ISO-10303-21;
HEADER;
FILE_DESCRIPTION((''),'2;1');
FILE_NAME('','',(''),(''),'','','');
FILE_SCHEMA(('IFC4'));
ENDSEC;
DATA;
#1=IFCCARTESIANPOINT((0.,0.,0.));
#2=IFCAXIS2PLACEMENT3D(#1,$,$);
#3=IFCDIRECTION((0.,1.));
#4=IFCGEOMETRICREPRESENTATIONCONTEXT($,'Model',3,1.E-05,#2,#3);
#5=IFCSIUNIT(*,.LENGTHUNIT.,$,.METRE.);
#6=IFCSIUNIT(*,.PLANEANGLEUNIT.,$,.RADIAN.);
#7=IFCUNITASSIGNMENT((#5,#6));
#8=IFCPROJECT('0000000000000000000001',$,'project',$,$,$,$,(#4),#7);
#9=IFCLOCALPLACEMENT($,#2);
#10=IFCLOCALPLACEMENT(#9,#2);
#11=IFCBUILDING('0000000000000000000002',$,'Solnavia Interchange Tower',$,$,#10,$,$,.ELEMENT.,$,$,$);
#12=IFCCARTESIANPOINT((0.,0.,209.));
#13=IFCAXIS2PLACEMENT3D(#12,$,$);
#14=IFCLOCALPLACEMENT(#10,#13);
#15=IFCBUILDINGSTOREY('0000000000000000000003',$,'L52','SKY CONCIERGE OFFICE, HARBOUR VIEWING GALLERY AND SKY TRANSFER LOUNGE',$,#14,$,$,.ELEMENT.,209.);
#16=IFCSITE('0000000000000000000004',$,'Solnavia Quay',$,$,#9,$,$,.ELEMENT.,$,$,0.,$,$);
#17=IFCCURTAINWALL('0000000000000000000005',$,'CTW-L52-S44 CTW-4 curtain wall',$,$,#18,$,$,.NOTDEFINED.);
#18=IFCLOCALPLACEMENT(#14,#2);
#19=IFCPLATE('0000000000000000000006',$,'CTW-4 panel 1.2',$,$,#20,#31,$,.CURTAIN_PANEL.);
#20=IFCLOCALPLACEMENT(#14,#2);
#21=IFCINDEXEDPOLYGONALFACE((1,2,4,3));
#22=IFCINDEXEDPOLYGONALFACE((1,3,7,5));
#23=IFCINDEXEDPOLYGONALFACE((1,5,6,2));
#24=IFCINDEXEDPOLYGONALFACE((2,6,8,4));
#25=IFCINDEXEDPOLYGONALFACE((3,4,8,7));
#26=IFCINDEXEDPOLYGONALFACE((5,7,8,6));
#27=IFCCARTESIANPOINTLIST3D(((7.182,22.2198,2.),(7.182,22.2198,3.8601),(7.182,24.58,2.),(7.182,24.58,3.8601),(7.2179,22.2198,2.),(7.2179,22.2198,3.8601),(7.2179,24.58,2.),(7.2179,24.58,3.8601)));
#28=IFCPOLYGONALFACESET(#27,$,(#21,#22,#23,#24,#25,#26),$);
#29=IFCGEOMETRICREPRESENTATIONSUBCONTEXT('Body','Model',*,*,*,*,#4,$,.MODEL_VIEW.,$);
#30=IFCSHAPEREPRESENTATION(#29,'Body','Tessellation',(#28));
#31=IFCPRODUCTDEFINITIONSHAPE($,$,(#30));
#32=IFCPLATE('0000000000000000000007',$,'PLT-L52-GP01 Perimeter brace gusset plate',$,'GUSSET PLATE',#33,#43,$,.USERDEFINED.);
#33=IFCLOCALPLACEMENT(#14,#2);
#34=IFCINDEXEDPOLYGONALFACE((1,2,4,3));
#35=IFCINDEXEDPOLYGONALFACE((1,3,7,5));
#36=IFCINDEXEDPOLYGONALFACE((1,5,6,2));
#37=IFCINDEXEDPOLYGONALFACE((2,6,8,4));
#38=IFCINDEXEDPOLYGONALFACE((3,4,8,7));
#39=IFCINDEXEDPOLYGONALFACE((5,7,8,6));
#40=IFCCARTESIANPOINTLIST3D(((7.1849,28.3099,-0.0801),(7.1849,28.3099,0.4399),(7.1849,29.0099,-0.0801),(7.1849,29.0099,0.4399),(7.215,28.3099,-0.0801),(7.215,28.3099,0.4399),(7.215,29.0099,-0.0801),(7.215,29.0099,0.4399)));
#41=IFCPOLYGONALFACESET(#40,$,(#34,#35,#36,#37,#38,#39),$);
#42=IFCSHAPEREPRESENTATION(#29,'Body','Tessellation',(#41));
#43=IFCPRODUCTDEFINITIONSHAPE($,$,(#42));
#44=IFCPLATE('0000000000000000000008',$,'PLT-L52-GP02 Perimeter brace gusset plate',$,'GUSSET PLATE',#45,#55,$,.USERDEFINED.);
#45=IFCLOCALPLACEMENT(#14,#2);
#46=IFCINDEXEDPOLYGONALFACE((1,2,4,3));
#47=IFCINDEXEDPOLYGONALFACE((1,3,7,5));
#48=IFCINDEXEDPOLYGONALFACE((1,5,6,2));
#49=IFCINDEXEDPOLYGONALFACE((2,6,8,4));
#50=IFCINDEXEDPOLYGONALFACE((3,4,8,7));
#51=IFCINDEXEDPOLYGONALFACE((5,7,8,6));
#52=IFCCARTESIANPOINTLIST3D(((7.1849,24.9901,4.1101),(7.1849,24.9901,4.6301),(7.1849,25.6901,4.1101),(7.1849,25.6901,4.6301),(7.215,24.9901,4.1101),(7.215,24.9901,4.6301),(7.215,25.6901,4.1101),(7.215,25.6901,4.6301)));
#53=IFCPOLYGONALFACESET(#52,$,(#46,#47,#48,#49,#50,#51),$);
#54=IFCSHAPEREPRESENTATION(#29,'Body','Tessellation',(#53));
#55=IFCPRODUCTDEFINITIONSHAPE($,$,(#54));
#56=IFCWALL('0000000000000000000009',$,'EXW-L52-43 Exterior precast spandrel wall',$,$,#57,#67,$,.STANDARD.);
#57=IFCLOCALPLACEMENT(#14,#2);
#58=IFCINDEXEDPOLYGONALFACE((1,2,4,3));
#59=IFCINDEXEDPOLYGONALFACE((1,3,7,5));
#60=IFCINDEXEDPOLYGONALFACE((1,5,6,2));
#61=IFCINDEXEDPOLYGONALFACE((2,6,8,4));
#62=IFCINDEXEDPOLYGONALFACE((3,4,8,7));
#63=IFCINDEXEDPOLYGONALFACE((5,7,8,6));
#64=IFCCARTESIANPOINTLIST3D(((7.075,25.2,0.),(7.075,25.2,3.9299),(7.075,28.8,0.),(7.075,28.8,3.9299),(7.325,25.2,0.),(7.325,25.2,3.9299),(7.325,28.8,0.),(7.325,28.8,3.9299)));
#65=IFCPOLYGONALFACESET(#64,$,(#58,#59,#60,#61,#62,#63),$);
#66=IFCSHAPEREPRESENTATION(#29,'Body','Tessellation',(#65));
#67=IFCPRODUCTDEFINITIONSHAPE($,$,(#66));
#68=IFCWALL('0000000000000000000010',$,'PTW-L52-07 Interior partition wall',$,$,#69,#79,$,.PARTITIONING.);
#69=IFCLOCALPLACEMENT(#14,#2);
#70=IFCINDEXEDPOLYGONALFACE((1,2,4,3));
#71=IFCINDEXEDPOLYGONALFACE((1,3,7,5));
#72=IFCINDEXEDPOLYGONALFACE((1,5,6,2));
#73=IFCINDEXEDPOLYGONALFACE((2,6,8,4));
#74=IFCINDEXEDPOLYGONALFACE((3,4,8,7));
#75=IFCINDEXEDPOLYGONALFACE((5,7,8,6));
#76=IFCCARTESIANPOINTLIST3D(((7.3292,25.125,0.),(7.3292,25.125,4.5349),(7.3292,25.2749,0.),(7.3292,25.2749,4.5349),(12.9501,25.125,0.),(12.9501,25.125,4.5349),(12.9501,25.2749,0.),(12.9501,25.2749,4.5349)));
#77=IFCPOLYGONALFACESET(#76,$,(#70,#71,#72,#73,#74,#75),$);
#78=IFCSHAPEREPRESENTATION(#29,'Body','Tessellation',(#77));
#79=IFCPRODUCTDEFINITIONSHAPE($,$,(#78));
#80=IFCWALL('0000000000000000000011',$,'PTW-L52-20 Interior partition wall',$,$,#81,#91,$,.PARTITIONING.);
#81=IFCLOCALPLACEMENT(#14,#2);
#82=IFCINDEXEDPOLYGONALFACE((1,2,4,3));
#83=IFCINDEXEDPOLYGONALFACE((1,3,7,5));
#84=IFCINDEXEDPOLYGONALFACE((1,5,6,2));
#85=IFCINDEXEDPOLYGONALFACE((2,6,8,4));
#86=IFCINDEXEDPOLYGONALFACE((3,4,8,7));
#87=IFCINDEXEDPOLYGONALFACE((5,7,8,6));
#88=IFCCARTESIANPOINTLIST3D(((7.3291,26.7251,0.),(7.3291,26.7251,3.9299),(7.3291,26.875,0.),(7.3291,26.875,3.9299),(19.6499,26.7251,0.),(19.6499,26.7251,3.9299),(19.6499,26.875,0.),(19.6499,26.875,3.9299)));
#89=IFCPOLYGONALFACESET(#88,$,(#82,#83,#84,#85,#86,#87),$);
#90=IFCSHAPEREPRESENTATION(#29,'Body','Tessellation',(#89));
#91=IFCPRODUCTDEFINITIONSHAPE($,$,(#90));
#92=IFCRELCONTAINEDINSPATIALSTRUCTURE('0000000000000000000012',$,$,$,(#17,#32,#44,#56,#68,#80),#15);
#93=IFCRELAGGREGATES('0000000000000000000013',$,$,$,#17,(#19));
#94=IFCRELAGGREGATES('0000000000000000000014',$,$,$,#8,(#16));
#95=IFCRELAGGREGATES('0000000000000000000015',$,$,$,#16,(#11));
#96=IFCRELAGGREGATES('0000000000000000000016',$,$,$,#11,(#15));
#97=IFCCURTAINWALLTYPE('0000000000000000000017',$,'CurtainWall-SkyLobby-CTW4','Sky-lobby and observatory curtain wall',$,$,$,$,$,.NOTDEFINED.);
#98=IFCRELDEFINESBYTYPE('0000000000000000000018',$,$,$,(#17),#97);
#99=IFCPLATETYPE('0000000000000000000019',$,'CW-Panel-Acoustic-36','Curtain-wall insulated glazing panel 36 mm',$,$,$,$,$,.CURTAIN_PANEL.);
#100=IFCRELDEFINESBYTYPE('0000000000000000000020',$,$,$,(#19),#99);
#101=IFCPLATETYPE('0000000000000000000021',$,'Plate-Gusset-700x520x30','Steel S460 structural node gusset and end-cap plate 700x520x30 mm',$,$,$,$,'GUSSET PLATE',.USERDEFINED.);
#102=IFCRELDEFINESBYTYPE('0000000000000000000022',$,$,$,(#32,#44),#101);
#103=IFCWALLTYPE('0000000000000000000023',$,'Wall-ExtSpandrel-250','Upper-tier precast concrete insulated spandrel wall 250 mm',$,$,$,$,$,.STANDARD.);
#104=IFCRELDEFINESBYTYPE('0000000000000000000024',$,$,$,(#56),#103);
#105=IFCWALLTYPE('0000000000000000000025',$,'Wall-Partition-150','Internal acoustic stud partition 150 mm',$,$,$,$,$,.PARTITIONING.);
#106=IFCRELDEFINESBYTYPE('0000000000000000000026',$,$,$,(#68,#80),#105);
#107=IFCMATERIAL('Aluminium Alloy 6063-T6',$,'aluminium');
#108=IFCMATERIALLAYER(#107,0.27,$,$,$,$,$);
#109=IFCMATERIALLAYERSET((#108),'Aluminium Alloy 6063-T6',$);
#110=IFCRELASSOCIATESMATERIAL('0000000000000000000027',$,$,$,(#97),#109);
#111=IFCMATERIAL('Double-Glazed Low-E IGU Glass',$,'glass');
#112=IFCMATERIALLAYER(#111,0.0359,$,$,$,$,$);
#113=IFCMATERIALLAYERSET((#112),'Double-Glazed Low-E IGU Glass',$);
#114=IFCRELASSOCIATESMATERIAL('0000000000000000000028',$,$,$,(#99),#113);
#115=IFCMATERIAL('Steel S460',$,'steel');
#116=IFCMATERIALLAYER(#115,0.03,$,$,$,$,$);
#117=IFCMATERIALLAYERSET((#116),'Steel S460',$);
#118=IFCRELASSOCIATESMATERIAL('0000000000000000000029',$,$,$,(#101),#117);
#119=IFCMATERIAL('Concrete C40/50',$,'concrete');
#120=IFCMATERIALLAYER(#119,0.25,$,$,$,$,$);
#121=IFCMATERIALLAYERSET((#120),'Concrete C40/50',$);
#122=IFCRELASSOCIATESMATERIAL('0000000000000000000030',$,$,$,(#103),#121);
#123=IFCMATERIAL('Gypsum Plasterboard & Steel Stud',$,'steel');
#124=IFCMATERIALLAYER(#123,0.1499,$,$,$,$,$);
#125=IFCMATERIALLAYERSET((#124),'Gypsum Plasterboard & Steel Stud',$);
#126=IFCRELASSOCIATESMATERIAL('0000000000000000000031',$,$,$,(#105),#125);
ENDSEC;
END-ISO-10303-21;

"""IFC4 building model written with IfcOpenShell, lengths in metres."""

from ifc_helpers import new_model, si_unit, direction, frame, frame_2d, origin, origin_2d, place, context, subcontext, project, spatial, rectangle, extrude, material, layer, layer_set, type_object, element, aggregate, save


model = new_model("IFC4")

# Units and contexts
model_context = context("Model", 3, precision=1e-05, world=origin(), true_north=direction((0.0, 1.0)))
body_context = subcontext(model_context, "Body", "Model", "MODEL_VIEW")
ifc_project = project(units=[si_unit("LENGTHUNIT", "METRE"), si_unit("PLANEANGLEUNIT", "RADIAN")], contexts=[model_context])

# Site, building, storey
site_placement = place(None, origin())
site = spatial("IfcSite", under=ifc_project, at=site_placement, Name="Solnavia Quay", CompositionType="ELEMENT", RefElevation=0.0)
building_placement = place(site_placement, origin())
building = spatial("IfcBuilding", under=site, at=building_placement, Name="Solnavia Interchange Tower", CompositionType="ELEMENT")
storey_placement = place(building_placement, frame((0.0, 0.0, 209.0)))
storey = spatial("IfcBuildingStorey", under=building, at=storey_placement, Name="L52", Description="SKY CONCIERGE OFFICE, HARBOUR VIEWING GALLERY AND SKY TRANSFER LOUNGE", CompositionType="ELEMENT", Elevation=209.0)

# Shared definitions
ifc_material_1 = material(Name="Steel S460", Category="steel")

# Curtain wall, plate
ifc_material_2 = material(Name="Aluminium Alloy 6063-T6", Category="aluminium")
ifc_layer_1 = layer(ifc_material_2, 0.27)
ifc_layer_set_1 = layer_set([ifc_layer_1], Name="Aluminium Alloy 6063-T6")
curtain_wall_type = type_object("IfcCurtainWallType", Name="CurtainWall-SkyLobby-CTW4", Description="Sky-lobby and observatory curtain wall", PredefinedType="NOTDEFINED", material=ifc_layer_set_1)
curtain_wall_placement = place(storey_placement, origin())
curtain_wall = element("IfcCurtainWall", 1, at=curtain_wall_placement, inside=storey, type_object=curtain_wall_type, Name="CTW-L52-S44 CTW-4 curtain wall", PredefinedType="NOTDEFINED")
ifc_material_3 = material(Name="Double-Glazed Low-E IGU Glass", Category="glass")
ifc_layer_2 = layer(ifc_material_3, 0.0359)
ifc_layer_set_2 = layer_set([ifc_layer_2], Name="Double-Glazed Low-E IGU Glass")
plate_type_1 = type_object("IfcPlateType", Name="CW-Panel-Acoustic-36", Description="Curtain-wall insulated glazing panel 36 mm", PredefinedType="CURTAIN_PANEL", material=ifc_layer_set_2)
plate_1_placement = place(storey_placement, frame((7.2, 23.3999, 2.0), z_axis=(0.0, 0.0, 1.0), x_axis=(0.0, -1.0, 0.0)))
plate_1 = element("IfcPlate", 2, at=plate_1_placement, type_object=plate_type_1, Name="CTW-4 panel 1.2", PredefinedType="CURTAIN_PANEL", context=body_context, shape_type="SweptSolid", body=[
    extrude(rectangle(XDim=2.3601, YDim=0.0359, at=origin_2d()), origin(), (0.0, 0.0, 1.0), 1.8601),
])
aggregate(curtain_wall, [plate_1])

# Plates
ifc_layer_3 = layer(ifc_material_1, 0.03)
ifc_layer_set_3 = layer_set([ifc_layer_3], Name="Steel S460")
plate_type_2 = type_object("IfcPlateType", Name="Plate-Gusset-700x520x30", Description="Steel S460 structural node gusset and end-cap plate 700x520x30 mm", ElementType="GUSSET PLATE", PredefinedType="USERDEFINED", material=ifc_layer_set_3)
for number, where, z_axis, x_axis, name in (
    (3, (7.2, 28.6599, -0.0801), (0.0, 0.0, 1.0), (0.0, -1.0, 0.0), "PLT-L52-GP01 Perimeter brace gusset plate"),
    (4, (7.2, 25.3401, 4.1101), (0.0, 0.0, 1.0), (0.0, -1.0, 0.0), "PLT-L52-GP02 Perimeter brace gusset plate"),
):
    element("IfcPlate", number, at=place(storey_placement, frame(where, z_axis=z_axis, x_axis=x_axis)), inside=storey, type_object=plate_type_2, Name=name, ObjectType="GUSSET PLATE", PredefinedType="USERDEFINED", context=body_context, shape_type="SweptSolid", body=[
        extrude(rectangle(XDim=0.7, YDim=0.03, at=origin_2d()), origin(), (0.0, 0.0, 1.0), 0.52),
    ])

# Walls
ifc_material_4 = material(Name="Concrete C40/50", Category="concrete")
ifc_layer_4 = layer(ifc_material_4, 0.25)
ifc_layer_set_4 = layer_set([ifc_layer_4], Name="Concrete C40/50")
wall_type_1 = type_object("IfcWallType", Name="Wall-ExtSpandrel-250", Description="Upper-tier precast concrete insulated spandrel wall 250 mm", PredefinedType="STANDARD", material=ifc_layer_set_4)
wall_1_placement = place(storey_placement, frame((7.2, 25.2, 0.0), z_axis=(0.0, 0.0, 1.0), x_axis=(0.0, 1.0, 0.0)))
element("IfcWall", 5, at=wall_1_placement, inside=storey, type_object=wall_type_1, Name="EXW-L52-43 Exterior precast spandrel wall", PredefinedType="STANDARD", context=body_context, shape_type="SweptSolid", body=[
    extrude(rectangle(XDim=3.6001, YDim=0.25, at=frame_2d((1.8, 0.0))), origin(), (0.0, 0.0, 1.0), 3.9299),
])
ifc_material_5 = material(Name="Gypsum Plasterboard & Steel Stud", Category="steel")
ifc_layer_5 = layer(ifc_material_5, 0.1499)
ifc_layer_set_5 = layer_set([ifc_layer_5], Name="Gypsum Plasterboard & Steel Stud")
wall_type_2 = type_object("IfcWallType", Name="Wall-Partition-150", Description="Internal acoustic stud partition 150 mm", PredefinedType="PARTITIONING", material=ifc_layer_set_5)
wall_2_placement = place(storey_placement, frame((7.3291, 25.2, 0.0), z_axis=(0.0, 0.0, 1.0), x_axis=(1.0, 0.0, 0.0)))
element("IfcWall", 6, at=wall_2_placement, inside=storey, type_object=wall_type_2, Name="PTW-L52-07 Interior partition wall", PredefinedType="PARTITIONING", context=body_context, shape_type="SweptSolid", body=[
    extrude(rectangle(XDim=5.6208, YDim=0.1499, at=frame_2d((2.8105, 0.0))), origin(), (0.0, 0.0, 1.0), 4.5349),
])
wall_3_placement = place(storey_placement, frame((7.3291, 26.8, 0.0), z_axis=(0.0, 0.0, 1.0), x_axis=(1.0, 0.0, 0.0)))
element("IfcWall", 7, at=wall_3_placement, inside=storey, type_object=wall_type_2, Name="PTW-L52-20 Interior partition wall", PredefinedType="PARTITIONING", context=body_context, shape_type="SweptSolid", body=[
    extrude(rectangle(XDim=12.3208, YDim=0.1499, at=frame_2d((6.1604, 0.0))), origin(), (0.0, 0.0, 1.0), 3.9299),
])

save(model, "model.ifc")
